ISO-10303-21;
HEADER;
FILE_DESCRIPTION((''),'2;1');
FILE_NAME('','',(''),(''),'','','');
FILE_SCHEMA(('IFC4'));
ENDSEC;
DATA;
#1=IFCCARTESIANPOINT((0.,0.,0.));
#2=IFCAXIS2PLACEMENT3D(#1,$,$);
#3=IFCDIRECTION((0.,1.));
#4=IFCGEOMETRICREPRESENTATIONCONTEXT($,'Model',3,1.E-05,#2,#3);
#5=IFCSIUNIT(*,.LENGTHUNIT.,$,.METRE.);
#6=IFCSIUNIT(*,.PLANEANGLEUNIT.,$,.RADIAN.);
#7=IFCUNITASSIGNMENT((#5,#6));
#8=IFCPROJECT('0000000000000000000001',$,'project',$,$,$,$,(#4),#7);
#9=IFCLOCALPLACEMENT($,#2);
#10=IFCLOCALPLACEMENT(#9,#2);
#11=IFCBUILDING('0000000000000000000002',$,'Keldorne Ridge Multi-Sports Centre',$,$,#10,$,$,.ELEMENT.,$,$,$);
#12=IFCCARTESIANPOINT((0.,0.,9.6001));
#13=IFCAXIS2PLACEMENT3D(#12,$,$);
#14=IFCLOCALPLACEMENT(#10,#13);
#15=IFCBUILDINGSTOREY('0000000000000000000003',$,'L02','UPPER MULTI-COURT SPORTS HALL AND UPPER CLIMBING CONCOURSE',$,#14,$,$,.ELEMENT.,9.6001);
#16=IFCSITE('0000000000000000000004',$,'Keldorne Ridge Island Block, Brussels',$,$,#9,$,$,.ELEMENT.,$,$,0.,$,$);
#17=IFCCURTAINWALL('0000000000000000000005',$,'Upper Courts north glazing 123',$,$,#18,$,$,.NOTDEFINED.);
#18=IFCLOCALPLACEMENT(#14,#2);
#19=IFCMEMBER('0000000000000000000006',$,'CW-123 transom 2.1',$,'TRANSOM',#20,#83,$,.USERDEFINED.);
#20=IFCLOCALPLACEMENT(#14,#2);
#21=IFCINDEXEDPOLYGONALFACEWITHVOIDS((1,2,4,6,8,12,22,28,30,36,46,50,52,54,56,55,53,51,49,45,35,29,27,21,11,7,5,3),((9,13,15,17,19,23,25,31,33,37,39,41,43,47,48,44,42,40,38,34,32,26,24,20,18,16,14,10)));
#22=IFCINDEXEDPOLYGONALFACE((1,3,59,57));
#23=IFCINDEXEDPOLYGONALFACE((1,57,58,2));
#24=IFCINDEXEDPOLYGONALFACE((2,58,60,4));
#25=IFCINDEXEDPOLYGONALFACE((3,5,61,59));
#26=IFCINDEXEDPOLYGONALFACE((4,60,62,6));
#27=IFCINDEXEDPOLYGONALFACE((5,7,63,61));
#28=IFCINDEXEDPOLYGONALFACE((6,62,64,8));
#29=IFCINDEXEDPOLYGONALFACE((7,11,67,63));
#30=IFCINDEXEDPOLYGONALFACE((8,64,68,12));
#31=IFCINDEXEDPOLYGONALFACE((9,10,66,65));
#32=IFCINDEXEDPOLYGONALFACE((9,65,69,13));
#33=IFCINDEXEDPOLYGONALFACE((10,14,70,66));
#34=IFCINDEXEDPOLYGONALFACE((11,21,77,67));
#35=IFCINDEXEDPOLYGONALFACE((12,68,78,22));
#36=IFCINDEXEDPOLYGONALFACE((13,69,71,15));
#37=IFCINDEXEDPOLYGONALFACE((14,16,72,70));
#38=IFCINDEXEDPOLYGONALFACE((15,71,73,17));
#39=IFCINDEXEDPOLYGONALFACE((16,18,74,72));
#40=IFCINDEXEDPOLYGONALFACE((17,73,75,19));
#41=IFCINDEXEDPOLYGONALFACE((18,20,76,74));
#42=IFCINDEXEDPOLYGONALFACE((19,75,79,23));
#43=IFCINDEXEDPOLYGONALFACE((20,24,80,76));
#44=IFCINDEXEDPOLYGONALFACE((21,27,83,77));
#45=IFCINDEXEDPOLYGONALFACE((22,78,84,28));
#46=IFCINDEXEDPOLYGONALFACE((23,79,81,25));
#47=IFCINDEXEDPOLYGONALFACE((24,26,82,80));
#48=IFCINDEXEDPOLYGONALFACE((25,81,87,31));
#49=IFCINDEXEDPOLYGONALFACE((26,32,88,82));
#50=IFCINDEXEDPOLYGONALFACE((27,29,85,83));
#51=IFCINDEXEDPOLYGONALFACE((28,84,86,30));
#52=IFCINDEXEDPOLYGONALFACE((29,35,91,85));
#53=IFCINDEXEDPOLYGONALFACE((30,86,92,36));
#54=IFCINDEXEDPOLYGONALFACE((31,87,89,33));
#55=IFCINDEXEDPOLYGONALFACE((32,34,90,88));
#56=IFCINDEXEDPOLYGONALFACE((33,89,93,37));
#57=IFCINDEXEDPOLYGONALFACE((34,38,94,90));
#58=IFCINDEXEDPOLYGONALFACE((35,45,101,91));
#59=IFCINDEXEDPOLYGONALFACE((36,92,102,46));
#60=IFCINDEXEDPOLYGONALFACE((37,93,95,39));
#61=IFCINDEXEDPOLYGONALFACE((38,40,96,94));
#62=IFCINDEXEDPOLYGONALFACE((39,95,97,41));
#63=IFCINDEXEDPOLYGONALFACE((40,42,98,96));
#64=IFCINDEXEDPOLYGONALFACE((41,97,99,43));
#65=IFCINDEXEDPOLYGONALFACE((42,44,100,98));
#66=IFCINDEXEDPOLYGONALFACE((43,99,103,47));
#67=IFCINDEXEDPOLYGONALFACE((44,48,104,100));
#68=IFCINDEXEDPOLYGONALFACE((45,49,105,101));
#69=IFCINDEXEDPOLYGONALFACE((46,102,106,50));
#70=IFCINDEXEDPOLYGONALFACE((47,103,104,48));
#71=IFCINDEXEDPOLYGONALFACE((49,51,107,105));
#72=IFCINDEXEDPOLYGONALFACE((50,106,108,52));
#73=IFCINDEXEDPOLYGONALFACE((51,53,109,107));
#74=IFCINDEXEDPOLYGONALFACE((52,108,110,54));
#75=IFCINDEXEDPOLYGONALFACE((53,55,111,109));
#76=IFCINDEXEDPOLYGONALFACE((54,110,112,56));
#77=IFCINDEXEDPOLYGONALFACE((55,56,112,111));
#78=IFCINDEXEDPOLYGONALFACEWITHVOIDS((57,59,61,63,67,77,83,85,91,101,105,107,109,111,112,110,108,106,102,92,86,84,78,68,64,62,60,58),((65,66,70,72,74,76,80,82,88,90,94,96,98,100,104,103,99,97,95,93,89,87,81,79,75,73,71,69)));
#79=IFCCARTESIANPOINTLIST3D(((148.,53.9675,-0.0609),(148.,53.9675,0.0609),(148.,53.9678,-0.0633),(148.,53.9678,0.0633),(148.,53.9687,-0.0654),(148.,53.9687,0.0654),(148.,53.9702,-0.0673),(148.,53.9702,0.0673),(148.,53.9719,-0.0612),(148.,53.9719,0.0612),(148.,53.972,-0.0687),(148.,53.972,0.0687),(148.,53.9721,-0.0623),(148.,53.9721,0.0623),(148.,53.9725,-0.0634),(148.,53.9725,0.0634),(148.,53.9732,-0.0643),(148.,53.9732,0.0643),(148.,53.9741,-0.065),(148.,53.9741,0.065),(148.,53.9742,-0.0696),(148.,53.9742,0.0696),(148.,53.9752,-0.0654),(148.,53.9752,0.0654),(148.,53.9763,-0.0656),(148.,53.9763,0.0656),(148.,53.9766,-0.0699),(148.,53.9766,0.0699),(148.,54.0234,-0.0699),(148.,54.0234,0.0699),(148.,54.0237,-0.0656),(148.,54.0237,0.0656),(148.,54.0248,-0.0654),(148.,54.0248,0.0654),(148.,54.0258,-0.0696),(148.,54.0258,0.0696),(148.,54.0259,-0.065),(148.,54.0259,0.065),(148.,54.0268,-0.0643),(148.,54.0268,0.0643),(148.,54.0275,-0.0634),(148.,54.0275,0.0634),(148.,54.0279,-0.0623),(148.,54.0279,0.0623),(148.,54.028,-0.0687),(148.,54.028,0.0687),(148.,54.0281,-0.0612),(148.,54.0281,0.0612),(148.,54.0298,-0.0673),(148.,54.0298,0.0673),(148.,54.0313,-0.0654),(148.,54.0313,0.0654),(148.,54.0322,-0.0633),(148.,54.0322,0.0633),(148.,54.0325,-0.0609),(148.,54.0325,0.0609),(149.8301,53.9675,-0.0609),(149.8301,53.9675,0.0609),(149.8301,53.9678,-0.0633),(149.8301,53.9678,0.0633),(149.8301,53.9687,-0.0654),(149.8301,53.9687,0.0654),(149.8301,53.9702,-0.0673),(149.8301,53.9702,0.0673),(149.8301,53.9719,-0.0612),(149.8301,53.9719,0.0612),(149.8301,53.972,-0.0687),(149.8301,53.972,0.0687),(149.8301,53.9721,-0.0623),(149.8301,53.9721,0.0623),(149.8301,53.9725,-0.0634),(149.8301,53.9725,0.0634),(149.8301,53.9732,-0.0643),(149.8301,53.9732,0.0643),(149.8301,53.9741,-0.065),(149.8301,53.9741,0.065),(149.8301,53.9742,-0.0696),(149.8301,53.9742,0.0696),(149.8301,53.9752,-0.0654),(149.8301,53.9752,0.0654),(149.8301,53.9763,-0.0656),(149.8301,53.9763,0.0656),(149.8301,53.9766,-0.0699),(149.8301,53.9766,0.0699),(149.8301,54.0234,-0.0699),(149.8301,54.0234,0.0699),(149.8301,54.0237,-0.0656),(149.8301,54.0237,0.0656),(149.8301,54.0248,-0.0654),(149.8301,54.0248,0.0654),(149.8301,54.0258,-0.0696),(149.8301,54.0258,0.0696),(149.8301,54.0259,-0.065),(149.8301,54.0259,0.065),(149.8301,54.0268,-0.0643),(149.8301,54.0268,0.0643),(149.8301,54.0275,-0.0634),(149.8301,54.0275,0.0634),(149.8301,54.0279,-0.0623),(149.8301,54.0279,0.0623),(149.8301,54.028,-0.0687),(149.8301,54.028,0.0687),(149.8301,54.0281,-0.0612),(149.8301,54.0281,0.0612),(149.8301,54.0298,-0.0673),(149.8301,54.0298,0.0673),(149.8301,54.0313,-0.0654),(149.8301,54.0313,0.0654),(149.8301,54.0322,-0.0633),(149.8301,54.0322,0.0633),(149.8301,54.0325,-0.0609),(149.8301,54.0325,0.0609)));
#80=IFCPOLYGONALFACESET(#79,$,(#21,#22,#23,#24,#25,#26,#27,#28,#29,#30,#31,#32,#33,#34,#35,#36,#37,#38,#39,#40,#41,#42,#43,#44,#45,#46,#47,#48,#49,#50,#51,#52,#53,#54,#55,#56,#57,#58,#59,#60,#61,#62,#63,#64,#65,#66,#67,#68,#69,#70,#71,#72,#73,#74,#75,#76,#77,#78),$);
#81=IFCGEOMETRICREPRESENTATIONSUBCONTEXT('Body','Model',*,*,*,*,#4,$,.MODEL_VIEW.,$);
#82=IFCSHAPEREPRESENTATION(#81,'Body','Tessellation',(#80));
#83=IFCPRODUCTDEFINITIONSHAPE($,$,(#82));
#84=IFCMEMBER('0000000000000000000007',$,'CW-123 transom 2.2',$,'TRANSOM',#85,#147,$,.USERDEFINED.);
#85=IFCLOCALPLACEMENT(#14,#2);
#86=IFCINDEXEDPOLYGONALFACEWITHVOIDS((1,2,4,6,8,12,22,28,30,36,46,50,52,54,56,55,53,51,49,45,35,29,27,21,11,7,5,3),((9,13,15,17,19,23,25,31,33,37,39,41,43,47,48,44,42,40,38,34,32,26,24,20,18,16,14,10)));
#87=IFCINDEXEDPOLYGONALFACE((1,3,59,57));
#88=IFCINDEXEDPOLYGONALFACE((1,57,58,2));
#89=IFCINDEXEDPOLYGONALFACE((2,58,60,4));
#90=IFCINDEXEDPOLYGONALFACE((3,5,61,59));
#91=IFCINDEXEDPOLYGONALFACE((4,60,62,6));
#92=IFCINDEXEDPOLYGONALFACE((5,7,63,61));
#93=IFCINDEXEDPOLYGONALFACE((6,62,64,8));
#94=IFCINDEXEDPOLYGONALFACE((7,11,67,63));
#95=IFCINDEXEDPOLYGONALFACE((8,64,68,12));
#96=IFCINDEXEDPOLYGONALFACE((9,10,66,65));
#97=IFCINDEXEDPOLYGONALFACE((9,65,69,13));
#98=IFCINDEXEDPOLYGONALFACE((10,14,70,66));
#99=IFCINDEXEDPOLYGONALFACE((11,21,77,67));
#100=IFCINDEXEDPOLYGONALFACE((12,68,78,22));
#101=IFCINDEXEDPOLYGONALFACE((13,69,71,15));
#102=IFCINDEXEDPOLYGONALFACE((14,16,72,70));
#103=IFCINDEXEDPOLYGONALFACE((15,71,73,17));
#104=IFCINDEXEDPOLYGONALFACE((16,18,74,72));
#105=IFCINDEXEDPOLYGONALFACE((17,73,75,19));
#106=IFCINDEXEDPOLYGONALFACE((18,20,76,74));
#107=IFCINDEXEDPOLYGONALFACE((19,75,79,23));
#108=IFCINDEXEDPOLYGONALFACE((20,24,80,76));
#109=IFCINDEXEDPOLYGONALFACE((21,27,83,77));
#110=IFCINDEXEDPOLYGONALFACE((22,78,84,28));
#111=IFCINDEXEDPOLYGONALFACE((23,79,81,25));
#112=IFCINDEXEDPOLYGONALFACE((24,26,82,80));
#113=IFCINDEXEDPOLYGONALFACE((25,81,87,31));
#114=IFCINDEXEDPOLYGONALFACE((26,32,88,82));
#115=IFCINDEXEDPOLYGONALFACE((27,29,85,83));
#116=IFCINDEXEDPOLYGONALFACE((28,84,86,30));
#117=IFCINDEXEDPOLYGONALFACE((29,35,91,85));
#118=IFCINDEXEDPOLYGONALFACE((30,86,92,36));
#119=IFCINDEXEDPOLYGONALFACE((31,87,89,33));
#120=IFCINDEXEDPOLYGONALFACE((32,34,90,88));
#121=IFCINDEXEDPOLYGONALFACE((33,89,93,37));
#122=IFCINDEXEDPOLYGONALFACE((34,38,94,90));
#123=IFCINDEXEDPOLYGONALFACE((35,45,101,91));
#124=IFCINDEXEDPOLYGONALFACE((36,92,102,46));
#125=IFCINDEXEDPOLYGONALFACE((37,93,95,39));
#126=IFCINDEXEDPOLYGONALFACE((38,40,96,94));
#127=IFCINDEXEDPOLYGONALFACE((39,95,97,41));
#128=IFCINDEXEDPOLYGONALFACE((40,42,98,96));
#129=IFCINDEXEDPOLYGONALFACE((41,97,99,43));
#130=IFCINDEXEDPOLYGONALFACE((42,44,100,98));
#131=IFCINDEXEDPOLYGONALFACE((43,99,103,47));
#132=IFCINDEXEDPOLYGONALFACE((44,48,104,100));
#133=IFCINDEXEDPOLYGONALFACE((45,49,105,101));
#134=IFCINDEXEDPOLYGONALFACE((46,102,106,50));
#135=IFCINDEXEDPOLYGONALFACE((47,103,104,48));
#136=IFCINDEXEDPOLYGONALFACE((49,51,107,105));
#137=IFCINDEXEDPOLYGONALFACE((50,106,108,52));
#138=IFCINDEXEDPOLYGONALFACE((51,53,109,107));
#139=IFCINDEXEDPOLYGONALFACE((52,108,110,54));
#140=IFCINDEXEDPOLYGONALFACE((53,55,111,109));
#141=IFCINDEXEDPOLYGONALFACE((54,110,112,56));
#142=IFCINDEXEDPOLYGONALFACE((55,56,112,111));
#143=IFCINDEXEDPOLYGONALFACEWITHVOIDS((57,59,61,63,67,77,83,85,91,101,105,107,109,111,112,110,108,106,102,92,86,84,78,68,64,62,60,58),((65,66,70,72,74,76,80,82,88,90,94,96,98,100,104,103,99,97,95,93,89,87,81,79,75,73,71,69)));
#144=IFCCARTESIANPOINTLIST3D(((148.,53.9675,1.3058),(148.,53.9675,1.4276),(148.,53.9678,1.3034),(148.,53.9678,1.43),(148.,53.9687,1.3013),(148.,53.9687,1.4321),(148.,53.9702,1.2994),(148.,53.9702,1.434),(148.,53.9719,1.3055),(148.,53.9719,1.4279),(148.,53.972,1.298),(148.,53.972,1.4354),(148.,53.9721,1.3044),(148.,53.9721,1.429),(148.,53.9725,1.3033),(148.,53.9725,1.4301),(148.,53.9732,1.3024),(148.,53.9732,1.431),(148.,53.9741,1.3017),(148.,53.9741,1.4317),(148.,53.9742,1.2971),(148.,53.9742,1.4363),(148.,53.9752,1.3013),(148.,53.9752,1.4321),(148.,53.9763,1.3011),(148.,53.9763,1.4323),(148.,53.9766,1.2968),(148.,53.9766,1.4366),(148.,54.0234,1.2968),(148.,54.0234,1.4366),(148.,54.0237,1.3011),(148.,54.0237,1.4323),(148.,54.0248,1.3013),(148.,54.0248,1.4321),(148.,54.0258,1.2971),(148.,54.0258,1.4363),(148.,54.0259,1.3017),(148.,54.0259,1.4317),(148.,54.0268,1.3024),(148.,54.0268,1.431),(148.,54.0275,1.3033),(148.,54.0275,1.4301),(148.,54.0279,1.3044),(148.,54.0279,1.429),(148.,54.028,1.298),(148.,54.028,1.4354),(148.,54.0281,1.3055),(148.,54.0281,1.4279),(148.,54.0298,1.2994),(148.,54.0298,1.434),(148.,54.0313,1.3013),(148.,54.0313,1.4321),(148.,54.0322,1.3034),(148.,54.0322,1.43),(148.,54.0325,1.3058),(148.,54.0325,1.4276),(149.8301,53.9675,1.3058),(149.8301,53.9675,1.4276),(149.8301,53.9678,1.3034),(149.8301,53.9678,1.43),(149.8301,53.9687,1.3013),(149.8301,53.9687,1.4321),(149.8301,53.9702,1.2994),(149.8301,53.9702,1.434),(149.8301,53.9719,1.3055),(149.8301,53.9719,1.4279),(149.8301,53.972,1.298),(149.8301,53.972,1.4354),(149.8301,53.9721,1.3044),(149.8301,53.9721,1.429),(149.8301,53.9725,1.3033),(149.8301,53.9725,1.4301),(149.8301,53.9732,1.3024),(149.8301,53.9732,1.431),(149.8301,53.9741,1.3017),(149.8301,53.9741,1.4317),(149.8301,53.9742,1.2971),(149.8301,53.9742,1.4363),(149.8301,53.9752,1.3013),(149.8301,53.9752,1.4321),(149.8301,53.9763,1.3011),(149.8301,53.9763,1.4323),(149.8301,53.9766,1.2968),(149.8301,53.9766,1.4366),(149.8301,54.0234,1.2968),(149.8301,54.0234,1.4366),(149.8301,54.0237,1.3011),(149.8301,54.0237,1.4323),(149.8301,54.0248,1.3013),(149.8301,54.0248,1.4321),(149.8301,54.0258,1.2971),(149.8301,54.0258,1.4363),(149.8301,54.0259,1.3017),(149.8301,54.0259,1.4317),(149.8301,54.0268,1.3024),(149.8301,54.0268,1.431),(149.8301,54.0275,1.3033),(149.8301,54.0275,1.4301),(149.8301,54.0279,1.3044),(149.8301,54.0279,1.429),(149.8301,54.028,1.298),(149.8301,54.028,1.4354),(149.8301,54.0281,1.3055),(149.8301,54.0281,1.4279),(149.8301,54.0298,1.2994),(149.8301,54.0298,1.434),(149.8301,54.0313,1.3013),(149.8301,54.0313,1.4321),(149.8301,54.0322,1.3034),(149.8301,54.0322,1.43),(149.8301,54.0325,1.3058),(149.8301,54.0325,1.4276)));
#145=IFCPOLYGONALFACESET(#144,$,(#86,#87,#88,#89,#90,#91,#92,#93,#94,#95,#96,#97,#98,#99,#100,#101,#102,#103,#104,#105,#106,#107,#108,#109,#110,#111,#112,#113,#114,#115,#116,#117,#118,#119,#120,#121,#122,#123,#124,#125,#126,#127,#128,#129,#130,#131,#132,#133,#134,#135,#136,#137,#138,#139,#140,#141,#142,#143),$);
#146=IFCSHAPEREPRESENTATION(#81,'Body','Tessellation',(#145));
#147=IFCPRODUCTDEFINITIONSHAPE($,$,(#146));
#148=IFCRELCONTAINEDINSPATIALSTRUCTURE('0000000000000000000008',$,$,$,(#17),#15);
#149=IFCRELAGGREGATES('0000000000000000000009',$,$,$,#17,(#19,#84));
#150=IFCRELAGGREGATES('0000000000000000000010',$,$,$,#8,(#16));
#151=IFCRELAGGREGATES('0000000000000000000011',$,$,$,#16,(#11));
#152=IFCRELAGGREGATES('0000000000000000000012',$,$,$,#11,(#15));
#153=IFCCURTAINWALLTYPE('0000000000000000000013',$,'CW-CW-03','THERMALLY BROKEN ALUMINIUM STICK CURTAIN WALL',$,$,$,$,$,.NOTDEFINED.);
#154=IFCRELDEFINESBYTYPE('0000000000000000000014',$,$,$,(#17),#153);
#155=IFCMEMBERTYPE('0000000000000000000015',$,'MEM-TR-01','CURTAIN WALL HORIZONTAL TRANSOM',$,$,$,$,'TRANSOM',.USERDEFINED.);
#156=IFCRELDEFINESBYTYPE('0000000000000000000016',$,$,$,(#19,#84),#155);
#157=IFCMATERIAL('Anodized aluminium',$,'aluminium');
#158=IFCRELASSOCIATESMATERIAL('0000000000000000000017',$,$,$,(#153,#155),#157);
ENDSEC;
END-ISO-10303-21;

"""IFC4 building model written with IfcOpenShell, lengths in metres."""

from ifc_helpers import new_model, si_unit, direction, frame, origin, origin_2d, place, context, subcontext, project, spatial, hollow_rectangle, extrude, material, material_profile, profile_set, type_object, element, aggregate, save


model = new_model("IFC4")

# Units and contexts
model_context = context("Model", 3, precision=1e-05, world=origin(), true_north=direction((0.0, 1.0)))
body_context = subcontext(model_context, "Body", "Model", "MODEL_VIEW")
ifc_project = project(units=[si_unit("LENGTHUNIT", "METRE"), si_unit("PLANEANGLEUNIT", "RADIAN")], contexts=[model_context])

# Site, building, storey
site_placement = place(None, origin())
site = spatial("IfcSite", under=ifc_project, at=site_placement, Name="Keldorne Ridge Island Block, Brussels", CompositionType="ELEMENT", RefElevation=0.0)
building_placement = place(site_placement, origin())
building = spatial("IfcBuilding", under=site, at=building_placement, Name="Keldorne Ridge Multi-Sports Centre", CompositionType="ELEMENT")
storey_placement = place(building_placement, frame((0.0, 0.0, 9.6001)))
storey = spatial("IfcBuildingStorey", under=building, at=storey_placement, Name="L02", Description="UPPER MULTI-COURT SPORTS HALL AND UPPER CLIMBING CONCOURSE", CompositionType="ELEMENT", Elevation=9.6001)

# Curtain wall, members
ifc_material_1 = material(Name="Anodized aluminium", Category="aluminium")
curtain_wall_type = type_object("IfcCurtainWallType", Name="CW-CW-03", Description="THERMALLY BROKEN ALUMINIUM STICK CURTAIN WALL", PredefinedType="NOTDEFINED", material=ifc_material_1)
curtain_wall_placement = place(storey_placement, origin())
curtain_wall = element("IfcCurtainWall", 1, at=curtain_wall_placement, inside=storey, type_object=curtain_wall_type, Name="Upper Courts north glazing 123", PredefinedType="NOTDEFINED")
ifc_material_profile_1 = material_profile(ifc_material_1, hollow_rectangle(XDim=0.0649, YDim=0.1399, WallThickness=0.0044, InnerFilletRadius=0.0044, OuterFilletRadius=0.009, at=origin_2d()), Name="ALU TRANSOM 140x65x4.5")
ifc_profile_set_1 = profile_set([ifc_material_profile_1], Name="Anodized aluminium")
member_type_1 = type_object("IfcMemberType", Name="MEM-TR-01", Description="CURTAIN WALL HORIZONTAL TRANSOM", ElementType="TRANSOM", PredefinedType="USERDEFINED", material=ifc_profile_set_1)
member_1_placement = place(storey_placement, frame((149.8301, 54.0, 0.0), z_axis=(-1.0, 0.0, 0.0), x_axis=(0.0, -1.0, 0.0)))
member_1 = element("IfcMember", 2, at=member_1_placement, type_object=member_type_1, Name="CW-123 transom 2.1", ObjectType="TRANSOM", PredefinedType="USERDEFINED", context=body_context, shape_type="SweptSolid", body=[
    extrude(hollow_rectangle(XDim=0.0649, YDim=0.1399, WallThickness=0.0044, InnerFilletRadius=0.0044, OuterFilletRadius=0.009, at=origin_2d()), origin(), (0.0, 0.0, 1.0), 1.8301),
])
member_2_placement = place(storey_placement, frame((149.8301, 54.0, 1.3667), z_axis=(-1.0, 0.0, 0.0), x_axis=(0.0, -1.0, 0.0)))
member_2 = element("IfcMember", 3, at=member_2_placement, type_object=member_type_1, Name="CW-123 transom 2.2", ObjectType="TRANSOM", PredefinedType="USERDEFINED", context=body_context, shape_type="SweptSolid", body=[
    extrude(hollow_rectangle(XDim=0.0649, YDim=0.1399, WallThickness=0.0044, InnerFilletRadius=0.0044, OuterFilletRadius=0.009, at=origin_2d()), origin(), (0.0, 0.0, 1.0), 1.8301),
])
aggregate(curtain_wall, [member_1, member_2])

save(model, "model.ifc")
